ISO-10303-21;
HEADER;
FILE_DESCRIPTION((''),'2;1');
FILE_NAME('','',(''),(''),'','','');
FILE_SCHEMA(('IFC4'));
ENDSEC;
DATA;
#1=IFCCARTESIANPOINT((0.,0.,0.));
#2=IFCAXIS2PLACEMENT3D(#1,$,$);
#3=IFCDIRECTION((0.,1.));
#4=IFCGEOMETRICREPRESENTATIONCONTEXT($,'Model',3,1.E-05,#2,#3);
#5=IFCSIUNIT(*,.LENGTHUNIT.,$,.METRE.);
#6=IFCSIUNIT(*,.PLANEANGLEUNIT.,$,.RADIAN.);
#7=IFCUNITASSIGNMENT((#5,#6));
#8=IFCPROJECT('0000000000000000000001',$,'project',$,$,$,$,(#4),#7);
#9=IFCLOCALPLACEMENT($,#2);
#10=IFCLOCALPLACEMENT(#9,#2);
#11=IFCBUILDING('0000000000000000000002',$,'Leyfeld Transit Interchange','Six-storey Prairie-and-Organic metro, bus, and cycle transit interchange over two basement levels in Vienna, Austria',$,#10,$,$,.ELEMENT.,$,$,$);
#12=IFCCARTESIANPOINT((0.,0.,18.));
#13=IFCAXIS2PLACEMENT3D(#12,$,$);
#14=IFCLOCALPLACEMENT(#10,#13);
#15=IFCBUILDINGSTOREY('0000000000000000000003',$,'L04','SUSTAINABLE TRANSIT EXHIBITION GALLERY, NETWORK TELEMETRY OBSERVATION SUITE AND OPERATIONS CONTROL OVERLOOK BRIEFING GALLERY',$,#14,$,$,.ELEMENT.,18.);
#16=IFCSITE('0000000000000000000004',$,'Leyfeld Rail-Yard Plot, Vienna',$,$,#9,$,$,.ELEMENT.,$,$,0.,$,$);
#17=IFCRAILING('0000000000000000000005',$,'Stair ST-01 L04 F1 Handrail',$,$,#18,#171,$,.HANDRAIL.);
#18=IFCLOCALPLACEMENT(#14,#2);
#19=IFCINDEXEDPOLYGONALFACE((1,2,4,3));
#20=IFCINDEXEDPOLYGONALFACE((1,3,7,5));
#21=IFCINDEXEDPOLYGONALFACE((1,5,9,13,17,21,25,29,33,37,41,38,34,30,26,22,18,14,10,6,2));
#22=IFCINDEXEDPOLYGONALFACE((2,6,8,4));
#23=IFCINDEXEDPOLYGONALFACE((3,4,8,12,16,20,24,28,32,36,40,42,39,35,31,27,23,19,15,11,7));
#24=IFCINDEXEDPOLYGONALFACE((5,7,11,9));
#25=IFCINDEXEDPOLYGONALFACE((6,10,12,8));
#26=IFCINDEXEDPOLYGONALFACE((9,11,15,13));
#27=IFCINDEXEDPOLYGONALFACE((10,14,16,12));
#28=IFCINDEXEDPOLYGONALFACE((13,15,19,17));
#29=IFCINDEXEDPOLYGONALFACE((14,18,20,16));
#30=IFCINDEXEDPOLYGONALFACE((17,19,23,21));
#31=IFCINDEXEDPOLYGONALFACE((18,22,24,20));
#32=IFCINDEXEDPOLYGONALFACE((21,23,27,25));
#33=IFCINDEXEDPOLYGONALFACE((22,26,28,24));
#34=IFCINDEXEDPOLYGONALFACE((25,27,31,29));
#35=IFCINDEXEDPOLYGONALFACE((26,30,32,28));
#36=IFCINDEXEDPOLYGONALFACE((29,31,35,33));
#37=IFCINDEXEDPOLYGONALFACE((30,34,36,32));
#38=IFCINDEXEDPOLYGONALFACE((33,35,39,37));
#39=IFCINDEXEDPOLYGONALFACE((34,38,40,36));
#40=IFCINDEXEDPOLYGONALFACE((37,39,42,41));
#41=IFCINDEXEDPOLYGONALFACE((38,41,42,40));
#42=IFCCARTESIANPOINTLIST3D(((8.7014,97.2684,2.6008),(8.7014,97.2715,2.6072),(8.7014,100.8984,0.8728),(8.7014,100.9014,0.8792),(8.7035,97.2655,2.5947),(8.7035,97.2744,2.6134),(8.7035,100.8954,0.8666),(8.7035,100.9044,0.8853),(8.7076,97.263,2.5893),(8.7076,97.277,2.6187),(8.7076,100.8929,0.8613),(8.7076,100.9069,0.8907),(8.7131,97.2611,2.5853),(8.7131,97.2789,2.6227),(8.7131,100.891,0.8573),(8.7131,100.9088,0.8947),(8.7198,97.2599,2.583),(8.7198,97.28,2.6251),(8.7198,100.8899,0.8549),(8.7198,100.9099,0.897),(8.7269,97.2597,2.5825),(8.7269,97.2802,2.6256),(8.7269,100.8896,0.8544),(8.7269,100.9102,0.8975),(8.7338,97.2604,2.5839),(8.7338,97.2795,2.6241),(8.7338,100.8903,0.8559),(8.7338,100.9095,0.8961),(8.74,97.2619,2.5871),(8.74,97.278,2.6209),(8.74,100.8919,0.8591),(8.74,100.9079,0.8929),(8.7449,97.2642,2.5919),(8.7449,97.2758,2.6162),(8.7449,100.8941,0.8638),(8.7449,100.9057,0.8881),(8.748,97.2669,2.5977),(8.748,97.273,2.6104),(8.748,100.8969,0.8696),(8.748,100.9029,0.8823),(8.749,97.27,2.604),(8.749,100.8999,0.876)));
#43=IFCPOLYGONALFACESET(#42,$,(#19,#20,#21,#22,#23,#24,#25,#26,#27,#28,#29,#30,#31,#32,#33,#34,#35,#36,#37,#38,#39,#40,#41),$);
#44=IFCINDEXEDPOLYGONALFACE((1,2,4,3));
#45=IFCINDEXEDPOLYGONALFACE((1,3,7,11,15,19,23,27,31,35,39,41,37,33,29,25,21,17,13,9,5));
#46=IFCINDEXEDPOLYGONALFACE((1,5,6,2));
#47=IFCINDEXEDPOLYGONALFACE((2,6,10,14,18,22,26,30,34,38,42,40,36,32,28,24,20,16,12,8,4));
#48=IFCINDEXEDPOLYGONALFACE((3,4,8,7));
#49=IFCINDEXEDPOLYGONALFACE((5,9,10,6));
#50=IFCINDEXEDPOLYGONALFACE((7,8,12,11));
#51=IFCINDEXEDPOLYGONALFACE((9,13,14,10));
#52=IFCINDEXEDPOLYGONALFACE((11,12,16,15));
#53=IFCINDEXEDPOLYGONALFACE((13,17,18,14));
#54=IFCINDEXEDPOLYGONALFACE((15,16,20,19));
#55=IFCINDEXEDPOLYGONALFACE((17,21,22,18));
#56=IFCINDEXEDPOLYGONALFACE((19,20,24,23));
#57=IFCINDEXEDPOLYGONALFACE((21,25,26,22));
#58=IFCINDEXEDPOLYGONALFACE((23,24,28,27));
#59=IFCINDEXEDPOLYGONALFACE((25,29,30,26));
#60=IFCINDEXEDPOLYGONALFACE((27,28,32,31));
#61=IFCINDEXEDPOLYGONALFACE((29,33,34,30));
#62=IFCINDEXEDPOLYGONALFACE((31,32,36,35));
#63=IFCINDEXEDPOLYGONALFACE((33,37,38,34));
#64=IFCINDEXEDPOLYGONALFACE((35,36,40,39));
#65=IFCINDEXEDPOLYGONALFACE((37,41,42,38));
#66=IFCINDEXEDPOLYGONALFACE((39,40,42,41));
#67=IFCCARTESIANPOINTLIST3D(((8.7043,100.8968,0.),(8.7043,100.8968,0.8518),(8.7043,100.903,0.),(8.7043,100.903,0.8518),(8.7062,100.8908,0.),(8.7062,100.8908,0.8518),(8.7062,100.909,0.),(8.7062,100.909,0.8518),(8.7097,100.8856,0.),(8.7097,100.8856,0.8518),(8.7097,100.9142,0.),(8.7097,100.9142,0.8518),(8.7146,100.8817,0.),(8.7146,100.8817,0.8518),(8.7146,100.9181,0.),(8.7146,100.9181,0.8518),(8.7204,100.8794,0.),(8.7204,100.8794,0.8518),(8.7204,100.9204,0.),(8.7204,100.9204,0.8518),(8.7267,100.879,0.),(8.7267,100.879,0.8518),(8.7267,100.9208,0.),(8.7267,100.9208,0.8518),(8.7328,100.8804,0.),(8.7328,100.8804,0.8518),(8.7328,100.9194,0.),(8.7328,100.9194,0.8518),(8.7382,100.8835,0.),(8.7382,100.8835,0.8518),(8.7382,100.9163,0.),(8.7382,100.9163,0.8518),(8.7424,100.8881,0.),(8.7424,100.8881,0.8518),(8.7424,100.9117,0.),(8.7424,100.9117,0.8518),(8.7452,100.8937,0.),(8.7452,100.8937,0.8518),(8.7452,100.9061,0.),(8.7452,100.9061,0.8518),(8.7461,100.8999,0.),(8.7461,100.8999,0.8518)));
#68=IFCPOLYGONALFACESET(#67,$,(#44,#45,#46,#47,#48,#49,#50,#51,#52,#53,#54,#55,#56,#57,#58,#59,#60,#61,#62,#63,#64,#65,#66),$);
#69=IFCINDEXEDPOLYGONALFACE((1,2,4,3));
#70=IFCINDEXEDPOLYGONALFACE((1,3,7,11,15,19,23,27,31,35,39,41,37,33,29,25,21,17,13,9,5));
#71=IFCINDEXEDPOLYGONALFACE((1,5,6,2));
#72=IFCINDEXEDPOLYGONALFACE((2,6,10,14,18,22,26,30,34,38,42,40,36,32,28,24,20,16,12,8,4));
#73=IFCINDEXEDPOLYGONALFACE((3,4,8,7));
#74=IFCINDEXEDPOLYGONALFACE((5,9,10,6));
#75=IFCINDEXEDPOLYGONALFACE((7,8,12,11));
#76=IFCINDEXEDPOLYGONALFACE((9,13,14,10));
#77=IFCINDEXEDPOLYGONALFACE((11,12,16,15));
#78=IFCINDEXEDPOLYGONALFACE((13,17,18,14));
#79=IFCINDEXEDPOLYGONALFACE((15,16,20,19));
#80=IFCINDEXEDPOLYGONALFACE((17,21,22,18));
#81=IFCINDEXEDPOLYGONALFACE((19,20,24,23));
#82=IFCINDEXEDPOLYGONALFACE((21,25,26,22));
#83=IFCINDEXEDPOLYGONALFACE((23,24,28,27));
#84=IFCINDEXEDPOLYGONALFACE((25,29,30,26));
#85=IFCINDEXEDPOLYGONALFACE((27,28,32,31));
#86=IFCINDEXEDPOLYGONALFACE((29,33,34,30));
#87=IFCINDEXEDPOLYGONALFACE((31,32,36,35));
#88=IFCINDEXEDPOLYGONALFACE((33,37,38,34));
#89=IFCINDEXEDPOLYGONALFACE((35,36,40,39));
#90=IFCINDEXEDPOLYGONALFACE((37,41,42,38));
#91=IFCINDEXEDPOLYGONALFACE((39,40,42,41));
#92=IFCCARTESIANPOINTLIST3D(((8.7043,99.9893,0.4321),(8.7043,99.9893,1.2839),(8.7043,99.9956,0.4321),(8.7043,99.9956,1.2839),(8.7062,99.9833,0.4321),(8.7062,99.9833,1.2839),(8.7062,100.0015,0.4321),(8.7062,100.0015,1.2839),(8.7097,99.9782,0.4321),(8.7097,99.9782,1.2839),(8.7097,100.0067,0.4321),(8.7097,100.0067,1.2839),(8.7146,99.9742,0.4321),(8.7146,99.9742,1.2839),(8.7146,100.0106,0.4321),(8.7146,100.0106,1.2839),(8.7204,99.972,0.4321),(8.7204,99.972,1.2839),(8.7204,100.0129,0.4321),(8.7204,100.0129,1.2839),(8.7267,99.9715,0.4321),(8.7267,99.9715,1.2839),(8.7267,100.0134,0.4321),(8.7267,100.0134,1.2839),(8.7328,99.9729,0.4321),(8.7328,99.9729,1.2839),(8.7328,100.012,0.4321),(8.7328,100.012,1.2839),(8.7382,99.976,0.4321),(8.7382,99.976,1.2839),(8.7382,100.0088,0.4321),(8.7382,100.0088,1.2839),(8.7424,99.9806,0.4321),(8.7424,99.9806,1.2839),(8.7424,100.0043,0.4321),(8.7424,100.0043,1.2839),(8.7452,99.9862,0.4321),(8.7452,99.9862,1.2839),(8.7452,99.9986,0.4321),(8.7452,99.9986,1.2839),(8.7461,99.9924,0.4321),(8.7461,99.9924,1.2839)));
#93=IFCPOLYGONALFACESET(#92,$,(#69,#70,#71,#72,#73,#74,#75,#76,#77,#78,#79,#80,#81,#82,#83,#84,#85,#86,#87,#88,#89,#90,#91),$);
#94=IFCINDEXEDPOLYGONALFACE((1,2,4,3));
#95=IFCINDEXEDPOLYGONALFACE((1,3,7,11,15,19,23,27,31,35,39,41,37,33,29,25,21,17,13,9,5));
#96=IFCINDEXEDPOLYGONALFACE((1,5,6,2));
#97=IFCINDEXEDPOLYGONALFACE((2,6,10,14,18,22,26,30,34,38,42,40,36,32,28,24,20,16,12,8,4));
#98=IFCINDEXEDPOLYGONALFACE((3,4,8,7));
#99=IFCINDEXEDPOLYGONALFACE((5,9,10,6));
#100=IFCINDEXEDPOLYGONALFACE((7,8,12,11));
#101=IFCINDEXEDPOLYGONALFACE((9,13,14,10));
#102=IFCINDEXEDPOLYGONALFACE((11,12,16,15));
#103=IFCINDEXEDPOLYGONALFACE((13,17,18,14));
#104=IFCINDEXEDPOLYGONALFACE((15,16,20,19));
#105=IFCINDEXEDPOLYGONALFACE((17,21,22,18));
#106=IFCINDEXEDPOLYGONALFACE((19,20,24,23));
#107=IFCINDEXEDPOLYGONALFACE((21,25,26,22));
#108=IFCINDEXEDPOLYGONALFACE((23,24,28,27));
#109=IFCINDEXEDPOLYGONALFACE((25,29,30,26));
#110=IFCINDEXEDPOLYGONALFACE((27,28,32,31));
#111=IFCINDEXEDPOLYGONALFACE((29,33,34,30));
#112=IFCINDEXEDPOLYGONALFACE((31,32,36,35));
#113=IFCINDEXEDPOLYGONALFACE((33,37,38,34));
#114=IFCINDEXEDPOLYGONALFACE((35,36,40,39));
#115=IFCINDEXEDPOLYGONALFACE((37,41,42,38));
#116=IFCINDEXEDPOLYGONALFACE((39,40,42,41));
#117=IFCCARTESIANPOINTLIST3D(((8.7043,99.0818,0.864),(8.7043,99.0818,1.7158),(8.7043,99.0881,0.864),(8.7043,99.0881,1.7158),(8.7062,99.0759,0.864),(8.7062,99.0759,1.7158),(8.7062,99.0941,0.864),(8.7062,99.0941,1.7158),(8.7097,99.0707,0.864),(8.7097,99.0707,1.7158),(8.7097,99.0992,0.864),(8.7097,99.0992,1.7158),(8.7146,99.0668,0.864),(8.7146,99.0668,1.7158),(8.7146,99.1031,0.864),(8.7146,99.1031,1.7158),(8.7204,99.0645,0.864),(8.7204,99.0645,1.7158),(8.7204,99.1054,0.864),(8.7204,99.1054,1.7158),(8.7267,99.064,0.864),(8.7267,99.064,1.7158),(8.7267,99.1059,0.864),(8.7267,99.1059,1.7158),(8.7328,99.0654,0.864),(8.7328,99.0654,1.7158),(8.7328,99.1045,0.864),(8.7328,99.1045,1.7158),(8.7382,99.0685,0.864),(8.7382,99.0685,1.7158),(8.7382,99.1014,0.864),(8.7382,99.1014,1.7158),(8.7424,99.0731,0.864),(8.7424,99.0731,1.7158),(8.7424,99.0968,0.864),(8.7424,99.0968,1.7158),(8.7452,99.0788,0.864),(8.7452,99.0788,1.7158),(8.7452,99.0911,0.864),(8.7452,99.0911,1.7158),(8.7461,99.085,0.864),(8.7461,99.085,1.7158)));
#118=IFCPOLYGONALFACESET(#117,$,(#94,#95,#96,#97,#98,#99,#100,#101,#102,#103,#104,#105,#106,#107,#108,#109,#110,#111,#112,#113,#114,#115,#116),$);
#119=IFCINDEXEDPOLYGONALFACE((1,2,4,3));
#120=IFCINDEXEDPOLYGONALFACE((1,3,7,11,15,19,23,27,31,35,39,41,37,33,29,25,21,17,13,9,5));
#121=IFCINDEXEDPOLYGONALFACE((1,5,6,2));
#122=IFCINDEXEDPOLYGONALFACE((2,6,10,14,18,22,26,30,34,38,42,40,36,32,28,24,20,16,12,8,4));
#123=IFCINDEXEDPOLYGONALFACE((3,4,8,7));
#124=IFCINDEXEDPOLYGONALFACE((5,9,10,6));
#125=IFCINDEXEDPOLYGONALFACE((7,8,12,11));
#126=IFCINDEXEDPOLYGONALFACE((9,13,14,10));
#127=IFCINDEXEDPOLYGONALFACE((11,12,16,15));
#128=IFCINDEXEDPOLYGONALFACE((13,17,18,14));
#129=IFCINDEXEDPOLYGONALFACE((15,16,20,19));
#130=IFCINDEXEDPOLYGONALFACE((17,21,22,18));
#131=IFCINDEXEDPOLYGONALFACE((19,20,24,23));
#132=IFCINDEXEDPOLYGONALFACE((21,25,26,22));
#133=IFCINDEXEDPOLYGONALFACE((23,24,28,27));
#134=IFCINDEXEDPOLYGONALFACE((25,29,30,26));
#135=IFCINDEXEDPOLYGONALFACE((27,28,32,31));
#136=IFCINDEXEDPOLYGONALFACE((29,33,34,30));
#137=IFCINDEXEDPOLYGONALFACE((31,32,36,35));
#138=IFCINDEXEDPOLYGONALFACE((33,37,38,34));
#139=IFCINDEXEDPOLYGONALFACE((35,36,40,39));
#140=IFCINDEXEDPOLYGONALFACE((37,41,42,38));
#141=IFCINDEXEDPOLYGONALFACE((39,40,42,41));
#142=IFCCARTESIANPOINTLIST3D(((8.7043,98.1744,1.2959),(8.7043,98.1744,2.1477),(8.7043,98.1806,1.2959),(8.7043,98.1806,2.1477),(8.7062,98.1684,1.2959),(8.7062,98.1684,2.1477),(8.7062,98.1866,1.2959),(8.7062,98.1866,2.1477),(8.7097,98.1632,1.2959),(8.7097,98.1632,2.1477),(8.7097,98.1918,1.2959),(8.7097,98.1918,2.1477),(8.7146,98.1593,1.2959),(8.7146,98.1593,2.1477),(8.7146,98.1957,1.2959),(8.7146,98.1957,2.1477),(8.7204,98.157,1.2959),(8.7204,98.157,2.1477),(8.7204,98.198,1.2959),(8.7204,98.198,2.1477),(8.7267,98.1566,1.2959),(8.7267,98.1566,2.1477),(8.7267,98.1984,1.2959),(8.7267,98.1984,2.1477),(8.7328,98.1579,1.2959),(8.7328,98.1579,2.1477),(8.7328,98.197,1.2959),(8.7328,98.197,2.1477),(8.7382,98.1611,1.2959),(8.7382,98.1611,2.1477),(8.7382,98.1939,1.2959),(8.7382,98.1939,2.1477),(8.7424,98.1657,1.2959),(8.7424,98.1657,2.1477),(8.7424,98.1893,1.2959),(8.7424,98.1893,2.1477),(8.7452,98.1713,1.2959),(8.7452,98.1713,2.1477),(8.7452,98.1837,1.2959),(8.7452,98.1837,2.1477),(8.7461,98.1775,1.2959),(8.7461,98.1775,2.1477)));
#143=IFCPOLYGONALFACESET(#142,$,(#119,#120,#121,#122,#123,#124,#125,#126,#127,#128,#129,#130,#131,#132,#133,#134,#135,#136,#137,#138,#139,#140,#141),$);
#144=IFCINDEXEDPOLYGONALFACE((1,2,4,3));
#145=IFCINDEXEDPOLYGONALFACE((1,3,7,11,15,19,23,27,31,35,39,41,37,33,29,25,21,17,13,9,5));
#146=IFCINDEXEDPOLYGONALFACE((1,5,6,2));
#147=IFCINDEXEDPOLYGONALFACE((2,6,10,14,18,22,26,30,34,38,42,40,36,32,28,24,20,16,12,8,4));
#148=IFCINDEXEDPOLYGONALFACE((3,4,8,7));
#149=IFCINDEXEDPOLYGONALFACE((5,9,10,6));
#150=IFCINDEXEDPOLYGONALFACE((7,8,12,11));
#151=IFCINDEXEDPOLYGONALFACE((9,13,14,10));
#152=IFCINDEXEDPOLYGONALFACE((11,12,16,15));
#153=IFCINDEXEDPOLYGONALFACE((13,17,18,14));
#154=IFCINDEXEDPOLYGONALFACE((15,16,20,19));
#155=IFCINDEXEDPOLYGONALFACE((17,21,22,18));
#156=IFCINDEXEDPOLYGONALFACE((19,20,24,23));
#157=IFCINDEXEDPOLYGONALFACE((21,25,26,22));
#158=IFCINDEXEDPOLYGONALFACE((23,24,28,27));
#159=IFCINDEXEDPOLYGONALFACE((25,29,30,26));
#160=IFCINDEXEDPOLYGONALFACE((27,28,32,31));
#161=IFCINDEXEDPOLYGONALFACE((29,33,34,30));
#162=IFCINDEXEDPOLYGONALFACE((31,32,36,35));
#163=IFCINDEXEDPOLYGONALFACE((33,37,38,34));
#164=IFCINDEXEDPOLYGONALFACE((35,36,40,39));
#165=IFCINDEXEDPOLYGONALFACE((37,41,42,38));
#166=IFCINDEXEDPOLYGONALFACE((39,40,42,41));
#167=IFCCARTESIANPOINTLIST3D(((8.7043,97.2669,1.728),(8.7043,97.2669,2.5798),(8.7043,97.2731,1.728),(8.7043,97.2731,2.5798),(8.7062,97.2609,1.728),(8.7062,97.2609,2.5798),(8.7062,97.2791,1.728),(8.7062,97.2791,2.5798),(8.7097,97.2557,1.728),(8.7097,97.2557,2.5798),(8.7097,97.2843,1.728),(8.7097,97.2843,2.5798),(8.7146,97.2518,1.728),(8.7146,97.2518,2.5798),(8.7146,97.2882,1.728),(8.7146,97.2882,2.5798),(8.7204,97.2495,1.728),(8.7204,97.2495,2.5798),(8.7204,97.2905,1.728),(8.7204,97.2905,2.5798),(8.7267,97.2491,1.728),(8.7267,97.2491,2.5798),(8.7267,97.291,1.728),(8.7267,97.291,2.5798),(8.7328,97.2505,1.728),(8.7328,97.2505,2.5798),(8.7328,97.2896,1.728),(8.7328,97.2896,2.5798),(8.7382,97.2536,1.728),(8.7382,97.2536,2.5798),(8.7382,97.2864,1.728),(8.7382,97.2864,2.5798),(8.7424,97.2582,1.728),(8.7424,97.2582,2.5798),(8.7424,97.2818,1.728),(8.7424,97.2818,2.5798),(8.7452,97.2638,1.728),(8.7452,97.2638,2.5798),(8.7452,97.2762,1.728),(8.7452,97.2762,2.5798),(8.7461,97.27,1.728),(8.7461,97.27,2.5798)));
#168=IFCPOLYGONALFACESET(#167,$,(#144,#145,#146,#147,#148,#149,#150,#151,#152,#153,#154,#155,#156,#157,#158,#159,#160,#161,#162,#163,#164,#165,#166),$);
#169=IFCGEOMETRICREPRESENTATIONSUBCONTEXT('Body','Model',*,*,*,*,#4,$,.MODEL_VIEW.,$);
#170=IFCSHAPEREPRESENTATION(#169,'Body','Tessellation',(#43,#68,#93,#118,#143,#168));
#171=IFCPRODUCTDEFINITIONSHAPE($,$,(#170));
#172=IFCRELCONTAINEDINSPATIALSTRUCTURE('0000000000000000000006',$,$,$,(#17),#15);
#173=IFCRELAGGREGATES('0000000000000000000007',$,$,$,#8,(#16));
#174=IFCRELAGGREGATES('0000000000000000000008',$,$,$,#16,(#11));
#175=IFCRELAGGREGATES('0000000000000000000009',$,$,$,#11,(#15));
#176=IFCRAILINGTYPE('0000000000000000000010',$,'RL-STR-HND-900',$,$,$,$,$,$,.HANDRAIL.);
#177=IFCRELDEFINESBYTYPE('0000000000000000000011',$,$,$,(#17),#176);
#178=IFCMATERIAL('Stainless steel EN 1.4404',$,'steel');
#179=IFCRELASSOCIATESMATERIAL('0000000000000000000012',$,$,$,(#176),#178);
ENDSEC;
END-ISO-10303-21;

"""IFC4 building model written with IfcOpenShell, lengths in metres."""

from ifc_helpers import new_model, si_unit, direction, frame, origin, origin_2d, place, context, subcontext, project, spatial, circle, extrude, material, type_object, element, save


model = new_model("IFC4")

# Units and contexts
model_context = context("Model", 3, precision=1e-05, world=origin(), true_north=direction((0.0, 1.0)))
body_context = subcontext(model_context, "Body", "Model", "MODEL_VIEW")
ifc_project = project(units=[si_unit("LENGTHUNIT", "METRE"), si_unit("PLANEANGLEUNIT", "RADIAN")], contexts=[model_context])

# Site, building, storey
site_placement = place(None, origin())
site = spatial("IfcSite", under=ifc_project, at=site_placement, Name="Leyfeld Rail-Yard Plot, Vienna", CompositionType="ELEMENT", RefElevation=0.0)
building_placement = place(site_placement, origin())
building = spatial("IfcBuilding", under=site, at=building_placement, Name="Leyfeld Transit Interchange", Description="Six-storey Prairie-and-Organic metro, bus, and cycle transit interchange over two basement levels in Vienna, Austria", CompositionType="ELEMENT")
storey_placement = place(building_placement, frame((0.0, 0.0, 18.0)))
storey = spatial("IfcBuildingStorey", under=building, at=storey_placement, Name="L04", Description="SUSTAINABLE TRANSIT EXHIBITION GALLERY, NETWORK TELEMETRY OBSERVATION SUITE AND OPERATIONS CONTROL OVERLOOK BRIEFING GALLERY", CompositionType="ELEMENT", Elevation=18.0)

# Railing
ifc_material_1 = material(Name="Stainless steel EN 1.4404", Category="steel")
railing_type_1 = type_object("IfcRailingType", Name="RL-STR-HND-900", PredefinedType="HANDRAIL", material=ifc_material_1)
railing_1_placement = place(storey_placement, frame((8.7251, 100.8999, 0.0)))
element("IfcRailing", 1, at=railing_1_placement, inside=storey, type_object=railing_type_1, Name="Stair ST-01 L04 F1 Handrail", PredefinedType="HANDRAIL", context=body_context, shape_type="SweptSolid", body=[
    extrude(circle(Radius=0.0239, at=origin_2d()), frame((0.0, 0.0, 0.876), z_axis=(0.0, -0.902908, 0.429835), x_axis=(1.0, 0.0, 0.0)), (0.0, 0.0, 1.0), 4.0203),
    extrude(circle(Radius=0.021, at=origin_2d()), origin(), (0.0, 0.0, 1.0), 0.8518),
    extrude(circle(Radius=0.021, at=origin_2d()), frame((0.0, -0.9075, 0.4321)), (0.0, 0.0, 1.0), 0.8518),
    extrude(circle(Radius=0.021, at=origin_2d()), frame((0.0, -1.8149, 0.864)), (0.0, 0.0, 1.0), 0.8518),
    extrude(circle(Radius=0.021, at=origin_2d()), frame((0.0, -2.7224, 1.2959)), (0.0, 0.0, 1.0), 0.8518),
    extrude(circle(Radius=0.021, at=origin_2d()), frame((0.0, -3.6299, 1.728)), (0.0, 0.0, 1.0), 0.8518),
])

save(model, "model.ifc")
